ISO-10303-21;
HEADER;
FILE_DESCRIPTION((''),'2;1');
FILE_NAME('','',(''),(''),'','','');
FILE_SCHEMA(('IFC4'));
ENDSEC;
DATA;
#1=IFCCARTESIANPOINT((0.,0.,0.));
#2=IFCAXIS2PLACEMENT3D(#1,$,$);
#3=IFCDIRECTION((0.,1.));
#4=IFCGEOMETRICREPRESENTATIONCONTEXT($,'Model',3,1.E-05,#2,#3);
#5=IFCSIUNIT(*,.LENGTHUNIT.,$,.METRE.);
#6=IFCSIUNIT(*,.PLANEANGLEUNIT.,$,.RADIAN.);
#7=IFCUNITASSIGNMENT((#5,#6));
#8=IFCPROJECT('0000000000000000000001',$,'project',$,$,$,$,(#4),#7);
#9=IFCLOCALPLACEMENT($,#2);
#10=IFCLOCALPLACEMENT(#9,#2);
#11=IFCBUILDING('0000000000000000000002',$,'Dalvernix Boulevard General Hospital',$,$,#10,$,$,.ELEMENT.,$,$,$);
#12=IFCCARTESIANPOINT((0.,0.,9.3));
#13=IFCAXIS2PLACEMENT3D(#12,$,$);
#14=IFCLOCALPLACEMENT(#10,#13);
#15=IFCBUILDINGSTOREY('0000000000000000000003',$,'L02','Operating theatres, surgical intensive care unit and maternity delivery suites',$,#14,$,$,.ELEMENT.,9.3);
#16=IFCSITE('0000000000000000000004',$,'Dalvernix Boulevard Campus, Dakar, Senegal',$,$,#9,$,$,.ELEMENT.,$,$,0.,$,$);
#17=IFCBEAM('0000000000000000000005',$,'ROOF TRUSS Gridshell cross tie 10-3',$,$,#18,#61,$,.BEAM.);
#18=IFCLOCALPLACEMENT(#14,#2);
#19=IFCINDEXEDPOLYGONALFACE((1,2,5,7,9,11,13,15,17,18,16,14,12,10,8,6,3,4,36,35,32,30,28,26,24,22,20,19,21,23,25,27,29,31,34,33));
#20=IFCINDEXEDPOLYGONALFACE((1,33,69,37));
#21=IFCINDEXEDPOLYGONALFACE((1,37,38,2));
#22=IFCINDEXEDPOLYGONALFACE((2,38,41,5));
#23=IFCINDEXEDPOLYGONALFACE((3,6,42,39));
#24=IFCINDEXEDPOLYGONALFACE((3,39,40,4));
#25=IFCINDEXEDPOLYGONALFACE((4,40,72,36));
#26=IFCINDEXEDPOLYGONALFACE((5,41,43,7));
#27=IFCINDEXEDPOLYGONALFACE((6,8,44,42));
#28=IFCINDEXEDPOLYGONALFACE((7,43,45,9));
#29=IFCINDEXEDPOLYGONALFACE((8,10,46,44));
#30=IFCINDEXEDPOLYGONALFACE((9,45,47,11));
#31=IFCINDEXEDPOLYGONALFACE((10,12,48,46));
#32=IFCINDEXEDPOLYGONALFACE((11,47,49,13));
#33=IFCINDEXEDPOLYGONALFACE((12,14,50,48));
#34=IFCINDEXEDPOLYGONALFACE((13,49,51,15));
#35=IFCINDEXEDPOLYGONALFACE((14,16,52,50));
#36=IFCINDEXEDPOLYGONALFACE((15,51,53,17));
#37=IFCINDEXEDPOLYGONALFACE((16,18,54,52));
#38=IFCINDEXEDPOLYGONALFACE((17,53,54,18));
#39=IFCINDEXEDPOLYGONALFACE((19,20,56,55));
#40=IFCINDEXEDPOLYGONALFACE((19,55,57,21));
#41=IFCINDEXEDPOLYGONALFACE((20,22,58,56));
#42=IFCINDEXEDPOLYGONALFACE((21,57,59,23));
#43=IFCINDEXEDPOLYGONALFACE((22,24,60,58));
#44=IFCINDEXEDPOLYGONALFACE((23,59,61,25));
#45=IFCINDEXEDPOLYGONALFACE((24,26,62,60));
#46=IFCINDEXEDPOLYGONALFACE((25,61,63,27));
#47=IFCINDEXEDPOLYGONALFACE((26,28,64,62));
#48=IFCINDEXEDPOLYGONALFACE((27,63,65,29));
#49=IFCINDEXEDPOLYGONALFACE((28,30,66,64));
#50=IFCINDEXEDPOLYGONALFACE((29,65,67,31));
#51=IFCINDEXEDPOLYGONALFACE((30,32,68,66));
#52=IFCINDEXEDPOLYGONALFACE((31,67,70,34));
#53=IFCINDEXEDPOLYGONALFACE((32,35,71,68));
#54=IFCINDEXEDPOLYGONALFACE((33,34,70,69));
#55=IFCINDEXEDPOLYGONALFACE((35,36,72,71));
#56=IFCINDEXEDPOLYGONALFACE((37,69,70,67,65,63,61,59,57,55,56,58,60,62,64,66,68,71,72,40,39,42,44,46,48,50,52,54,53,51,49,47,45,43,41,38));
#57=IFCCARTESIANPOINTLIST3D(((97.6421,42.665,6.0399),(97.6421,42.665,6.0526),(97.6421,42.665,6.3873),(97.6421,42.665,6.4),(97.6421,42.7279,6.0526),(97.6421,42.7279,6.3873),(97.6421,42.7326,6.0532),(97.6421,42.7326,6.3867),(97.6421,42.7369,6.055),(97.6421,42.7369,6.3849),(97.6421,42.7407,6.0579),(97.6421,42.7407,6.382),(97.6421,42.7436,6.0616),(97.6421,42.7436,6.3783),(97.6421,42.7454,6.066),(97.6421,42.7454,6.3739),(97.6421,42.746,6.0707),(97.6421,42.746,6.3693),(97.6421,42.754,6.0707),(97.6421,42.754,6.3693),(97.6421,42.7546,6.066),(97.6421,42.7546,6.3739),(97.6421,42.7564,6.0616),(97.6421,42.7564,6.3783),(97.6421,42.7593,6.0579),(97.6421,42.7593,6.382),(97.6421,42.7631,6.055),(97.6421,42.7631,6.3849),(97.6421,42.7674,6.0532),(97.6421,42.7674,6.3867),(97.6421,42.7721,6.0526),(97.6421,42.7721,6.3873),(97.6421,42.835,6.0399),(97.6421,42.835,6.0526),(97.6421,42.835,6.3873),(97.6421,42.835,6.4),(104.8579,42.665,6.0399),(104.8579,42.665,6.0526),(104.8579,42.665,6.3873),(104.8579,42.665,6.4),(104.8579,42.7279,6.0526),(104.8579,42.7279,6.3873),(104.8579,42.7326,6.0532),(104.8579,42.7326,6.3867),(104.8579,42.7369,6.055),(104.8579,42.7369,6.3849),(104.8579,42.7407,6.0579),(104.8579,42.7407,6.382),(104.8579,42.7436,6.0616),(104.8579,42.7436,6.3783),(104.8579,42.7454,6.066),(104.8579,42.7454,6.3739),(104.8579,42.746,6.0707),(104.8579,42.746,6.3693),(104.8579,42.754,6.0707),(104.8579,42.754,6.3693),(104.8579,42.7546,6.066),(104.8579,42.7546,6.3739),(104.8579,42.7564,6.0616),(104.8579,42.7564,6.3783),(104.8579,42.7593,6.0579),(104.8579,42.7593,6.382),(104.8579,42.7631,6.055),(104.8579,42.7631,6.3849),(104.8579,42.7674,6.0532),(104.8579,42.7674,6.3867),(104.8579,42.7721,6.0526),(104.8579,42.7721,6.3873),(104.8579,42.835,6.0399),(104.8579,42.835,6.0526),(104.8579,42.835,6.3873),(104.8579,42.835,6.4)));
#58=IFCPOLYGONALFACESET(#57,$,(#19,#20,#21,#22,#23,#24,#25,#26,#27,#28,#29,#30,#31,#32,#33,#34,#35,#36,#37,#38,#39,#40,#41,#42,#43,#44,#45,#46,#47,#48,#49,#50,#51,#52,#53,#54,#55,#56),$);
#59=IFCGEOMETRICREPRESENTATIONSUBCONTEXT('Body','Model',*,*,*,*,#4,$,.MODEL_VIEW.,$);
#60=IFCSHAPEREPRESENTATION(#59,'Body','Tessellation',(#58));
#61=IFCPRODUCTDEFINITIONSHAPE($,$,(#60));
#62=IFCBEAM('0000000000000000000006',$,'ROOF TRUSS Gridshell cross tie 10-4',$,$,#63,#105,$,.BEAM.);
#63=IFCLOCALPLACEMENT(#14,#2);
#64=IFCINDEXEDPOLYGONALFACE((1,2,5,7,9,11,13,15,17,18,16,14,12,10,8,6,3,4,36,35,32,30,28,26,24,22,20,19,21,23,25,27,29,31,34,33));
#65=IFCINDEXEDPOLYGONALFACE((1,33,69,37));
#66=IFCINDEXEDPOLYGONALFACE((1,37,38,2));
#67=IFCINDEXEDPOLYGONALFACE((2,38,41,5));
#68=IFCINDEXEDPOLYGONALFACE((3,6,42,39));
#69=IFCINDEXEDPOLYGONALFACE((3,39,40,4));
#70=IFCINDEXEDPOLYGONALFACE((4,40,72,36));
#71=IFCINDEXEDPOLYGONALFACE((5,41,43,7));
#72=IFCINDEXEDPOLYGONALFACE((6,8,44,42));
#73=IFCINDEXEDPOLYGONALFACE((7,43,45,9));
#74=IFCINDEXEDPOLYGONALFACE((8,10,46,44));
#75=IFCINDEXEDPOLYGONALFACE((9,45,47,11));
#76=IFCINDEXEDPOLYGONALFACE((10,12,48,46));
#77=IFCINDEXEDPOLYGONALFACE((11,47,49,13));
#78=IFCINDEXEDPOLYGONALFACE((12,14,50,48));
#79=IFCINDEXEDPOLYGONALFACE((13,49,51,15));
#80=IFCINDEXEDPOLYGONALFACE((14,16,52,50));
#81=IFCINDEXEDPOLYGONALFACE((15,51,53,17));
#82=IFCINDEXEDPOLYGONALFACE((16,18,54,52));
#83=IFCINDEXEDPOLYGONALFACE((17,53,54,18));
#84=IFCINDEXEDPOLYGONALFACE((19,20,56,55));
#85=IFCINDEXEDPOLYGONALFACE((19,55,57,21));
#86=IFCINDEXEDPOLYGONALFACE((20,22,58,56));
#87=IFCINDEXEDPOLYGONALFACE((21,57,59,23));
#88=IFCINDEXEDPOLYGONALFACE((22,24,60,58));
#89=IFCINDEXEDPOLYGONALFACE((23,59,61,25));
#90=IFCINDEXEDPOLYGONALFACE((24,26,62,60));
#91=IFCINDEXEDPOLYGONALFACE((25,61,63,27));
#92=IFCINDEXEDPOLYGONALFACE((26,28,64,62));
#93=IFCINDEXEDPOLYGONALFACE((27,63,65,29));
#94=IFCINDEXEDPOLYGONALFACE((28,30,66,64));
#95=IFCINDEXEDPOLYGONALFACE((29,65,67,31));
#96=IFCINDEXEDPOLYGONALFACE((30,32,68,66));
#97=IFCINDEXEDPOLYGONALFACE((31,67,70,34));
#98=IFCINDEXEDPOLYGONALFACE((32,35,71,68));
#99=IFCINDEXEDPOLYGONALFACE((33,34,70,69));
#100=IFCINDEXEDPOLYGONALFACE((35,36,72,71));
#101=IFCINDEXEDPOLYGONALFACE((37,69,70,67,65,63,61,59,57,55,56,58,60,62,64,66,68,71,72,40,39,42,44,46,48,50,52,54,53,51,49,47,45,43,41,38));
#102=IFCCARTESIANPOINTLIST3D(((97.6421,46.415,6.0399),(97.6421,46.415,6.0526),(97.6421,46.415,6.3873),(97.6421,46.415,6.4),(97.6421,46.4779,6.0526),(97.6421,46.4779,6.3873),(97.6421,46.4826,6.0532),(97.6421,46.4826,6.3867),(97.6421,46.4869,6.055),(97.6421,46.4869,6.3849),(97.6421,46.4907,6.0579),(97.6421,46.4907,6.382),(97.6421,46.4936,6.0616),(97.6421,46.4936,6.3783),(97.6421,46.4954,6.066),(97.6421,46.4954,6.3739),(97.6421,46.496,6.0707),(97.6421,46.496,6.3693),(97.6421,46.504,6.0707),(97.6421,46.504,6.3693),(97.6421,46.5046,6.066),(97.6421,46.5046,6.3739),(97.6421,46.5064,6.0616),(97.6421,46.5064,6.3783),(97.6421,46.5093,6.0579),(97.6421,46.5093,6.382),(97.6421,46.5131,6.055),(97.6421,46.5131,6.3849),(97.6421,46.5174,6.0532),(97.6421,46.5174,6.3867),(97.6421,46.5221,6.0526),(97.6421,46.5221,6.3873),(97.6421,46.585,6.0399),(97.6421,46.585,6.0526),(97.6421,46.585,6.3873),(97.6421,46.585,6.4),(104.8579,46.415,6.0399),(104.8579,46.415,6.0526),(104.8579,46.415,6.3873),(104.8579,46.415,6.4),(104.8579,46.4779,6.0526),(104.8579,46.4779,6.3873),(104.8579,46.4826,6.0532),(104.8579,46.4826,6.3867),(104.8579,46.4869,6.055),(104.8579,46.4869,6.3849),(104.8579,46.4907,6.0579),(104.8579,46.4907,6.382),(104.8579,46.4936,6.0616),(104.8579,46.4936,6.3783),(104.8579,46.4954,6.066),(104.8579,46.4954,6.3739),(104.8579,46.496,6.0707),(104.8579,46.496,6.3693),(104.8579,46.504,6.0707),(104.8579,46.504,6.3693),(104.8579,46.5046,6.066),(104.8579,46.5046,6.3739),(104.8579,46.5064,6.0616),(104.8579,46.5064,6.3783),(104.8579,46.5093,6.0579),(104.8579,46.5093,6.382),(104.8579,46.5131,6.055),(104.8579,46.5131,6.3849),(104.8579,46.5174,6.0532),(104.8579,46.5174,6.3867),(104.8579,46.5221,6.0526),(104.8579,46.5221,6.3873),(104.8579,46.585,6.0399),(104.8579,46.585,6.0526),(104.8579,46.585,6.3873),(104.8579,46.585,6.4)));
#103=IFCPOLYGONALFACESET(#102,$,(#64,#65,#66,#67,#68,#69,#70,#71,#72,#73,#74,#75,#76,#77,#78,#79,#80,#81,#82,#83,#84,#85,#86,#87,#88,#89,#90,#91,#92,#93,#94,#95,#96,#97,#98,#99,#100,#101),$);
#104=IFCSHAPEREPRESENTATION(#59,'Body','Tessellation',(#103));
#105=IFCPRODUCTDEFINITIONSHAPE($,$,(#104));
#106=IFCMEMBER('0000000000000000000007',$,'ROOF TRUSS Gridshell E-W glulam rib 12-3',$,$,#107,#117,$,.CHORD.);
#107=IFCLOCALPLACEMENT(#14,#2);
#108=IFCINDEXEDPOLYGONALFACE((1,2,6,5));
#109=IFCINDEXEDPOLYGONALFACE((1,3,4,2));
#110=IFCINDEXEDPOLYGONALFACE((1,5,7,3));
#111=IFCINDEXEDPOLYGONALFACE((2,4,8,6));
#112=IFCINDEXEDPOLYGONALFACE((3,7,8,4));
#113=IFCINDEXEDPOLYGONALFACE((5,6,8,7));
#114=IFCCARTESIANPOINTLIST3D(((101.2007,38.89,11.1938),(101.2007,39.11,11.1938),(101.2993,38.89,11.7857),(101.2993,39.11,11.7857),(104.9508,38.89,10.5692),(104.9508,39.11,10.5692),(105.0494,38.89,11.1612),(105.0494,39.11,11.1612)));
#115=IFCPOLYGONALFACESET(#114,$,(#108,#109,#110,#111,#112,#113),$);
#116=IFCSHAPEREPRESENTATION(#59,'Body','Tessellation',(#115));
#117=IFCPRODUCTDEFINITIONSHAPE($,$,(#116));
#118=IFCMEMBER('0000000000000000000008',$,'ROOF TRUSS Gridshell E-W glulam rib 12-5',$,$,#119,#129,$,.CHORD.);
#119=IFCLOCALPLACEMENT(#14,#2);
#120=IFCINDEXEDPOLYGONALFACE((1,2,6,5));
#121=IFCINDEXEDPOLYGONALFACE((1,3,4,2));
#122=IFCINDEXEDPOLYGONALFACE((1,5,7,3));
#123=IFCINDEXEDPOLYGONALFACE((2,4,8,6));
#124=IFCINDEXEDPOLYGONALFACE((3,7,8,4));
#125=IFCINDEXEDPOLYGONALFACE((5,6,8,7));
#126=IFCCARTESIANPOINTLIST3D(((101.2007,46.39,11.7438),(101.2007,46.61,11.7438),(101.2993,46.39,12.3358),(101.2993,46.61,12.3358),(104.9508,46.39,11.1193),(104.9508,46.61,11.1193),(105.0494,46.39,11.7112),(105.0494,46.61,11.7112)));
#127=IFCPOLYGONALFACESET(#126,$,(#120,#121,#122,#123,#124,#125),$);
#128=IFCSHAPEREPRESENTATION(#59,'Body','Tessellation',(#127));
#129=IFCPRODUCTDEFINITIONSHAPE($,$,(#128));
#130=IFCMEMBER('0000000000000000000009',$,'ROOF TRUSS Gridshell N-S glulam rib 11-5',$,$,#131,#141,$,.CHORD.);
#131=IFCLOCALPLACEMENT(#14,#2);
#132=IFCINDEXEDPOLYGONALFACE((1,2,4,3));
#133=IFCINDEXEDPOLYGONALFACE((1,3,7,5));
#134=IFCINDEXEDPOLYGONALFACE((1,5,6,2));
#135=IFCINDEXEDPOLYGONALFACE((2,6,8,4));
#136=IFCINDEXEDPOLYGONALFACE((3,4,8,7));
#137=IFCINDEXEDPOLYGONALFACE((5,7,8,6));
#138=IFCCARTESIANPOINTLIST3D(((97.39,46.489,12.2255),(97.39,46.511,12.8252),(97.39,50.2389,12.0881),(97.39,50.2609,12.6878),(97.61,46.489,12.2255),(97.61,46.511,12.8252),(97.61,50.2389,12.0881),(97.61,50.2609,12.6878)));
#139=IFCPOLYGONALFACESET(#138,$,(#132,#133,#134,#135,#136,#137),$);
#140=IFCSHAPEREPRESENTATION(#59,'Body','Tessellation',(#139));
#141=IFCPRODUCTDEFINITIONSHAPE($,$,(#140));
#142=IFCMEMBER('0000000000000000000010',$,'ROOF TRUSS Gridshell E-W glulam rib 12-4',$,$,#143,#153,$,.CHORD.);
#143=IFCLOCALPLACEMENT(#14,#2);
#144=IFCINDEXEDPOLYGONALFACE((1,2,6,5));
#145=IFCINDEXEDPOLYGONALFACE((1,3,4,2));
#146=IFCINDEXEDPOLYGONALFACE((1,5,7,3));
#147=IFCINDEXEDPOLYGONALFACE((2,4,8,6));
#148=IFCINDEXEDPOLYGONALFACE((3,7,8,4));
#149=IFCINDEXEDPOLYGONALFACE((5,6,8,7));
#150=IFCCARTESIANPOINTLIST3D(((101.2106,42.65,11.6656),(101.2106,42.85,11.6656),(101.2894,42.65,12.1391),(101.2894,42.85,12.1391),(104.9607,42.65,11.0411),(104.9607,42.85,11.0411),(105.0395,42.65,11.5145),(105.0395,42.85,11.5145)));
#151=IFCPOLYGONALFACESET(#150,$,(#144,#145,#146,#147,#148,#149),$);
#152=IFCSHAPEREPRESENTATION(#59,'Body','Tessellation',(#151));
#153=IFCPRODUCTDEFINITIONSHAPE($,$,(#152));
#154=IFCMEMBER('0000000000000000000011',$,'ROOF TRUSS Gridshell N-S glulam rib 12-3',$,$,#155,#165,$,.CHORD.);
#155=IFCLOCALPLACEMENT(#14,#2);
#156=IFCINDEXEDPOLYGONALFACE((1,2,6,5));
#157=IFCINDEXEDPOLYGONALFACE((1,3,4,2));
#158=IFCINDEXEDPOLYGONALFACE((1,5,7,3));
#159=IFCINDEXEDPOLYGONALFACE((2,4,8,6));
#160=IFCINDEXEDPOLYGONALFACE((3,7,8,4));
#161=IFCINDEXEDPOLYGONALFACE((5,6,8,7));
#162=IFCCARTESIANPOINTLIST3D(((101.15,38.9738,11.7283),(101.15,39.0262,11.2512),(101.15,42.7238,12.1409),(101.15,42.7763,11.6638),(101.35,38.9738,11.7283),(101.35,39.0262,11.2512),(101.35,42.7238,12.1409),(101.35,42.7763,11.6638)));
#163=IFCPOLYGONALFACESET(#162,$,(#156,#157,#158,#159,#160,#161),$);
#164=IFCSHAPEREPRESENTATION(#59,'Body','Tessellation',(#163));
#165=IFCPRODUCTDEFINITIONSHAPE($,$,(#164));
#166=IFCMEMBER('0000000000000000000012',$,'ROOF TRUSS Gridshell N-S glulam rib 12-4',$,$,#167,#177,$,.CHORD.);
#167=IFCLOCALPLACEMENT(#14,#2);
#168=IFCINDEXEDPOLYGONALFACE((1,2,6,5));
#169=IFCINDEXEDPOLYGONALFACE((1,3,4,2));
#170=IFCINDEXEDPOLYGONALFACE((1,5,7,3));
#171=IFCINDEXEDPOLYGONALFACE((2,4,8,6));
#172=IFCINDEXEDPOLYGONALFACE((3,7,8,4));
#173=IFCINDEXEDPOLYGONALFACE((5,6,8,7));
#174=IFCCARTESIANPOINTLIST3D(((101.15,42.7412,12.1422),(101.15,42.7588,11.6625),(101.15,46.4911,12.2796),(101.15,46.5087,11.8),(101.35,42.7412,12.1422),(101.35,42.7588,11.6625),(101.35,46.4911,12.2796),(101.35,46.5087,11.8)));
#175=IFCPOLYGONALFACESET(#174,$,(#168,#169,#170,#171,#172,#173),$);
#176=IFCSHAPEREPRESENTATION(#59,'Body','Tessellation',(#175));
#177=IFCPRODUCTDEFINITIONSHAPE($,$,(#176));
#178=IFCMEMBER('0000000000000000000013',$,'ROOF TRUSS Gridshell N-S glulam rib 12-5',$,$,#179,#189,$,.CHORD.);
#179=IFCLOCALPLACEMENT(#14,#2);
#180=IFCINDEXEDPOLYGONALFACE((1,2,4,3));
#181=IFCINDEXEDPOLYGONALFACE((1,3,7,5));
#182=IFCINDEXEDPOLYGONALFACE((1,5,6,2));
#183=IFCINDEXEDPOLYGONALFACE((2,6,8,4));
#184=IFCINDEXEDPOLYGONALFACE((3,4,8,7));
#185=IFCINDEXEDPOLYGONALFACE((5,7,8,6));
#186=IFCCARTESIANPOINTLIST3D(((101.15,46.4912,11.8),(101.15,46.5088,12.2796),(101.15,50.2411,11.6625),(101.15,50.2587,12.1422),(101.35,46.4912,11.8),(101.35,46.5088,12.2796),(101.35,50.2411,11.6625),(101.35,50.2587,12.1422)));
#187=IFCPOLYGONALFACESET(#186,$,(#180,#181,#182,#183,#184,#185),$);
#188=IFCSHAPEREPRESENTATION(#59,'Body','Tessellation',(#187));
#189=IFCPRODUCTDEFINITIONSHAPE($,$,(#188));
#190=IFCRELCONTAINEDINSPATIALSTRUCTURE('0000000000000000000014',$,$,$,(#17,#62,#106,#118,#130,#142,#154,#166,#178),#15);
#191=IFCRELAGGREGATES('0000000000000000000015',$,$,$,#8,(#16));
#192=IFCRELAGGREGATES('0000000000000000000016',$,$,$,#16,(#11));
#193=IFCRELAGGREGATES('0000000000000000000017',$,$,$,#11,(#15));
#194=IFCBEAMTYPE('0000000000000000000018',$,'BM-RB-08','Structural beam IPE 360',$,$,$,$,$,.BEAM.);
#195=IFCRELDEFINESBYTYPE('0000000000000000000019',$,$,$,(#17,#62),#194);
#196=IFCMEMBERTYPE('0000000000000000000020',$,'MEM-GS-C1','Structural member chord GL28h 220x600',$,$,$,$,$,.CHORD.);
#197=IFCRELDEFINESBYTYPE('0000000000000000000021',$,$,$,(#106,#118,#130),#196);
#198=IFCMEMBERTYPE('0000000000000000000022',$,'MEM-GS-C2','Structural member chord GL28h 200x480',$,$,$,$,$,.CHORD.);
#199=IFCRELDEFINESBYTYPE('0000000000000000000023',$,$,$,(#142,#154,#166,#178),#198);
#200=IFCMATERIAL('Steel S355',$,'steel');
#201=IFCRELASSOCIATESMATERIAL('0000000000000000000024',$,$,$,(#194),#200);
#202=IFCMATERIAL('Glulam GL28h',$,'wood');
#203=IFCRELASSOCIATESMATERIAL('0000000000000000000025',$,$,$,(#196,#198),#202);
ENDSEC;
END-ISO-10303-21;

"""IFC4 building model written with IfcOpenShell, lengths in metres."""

from ifc_helpers import new_model, si_unit, direction, frame, origin, origin_2d, place, context, subcontext, project, spatial, rectangle, i_section, extrude, material, material_profile, profile_set, type_object, element, save


model = new_model("IFC4")

# Units and contexts
model_context = context("Model", 3, precision=1e-05, world=origin(), true_north=direction((0.0, 1.0)))
body_context = subcontext(model_context, "Body", "Model", "MODEL_VIEW")
ifc_project = project(units=[si_unit("LENGTHUNIT", "METRE"), si_unit("PLANEANGLEUNIT", "RADIAN")], contexts=[model_context])

# Site, building, storey
site_placement = place(None, origin())
site = spatial("IfcSite", under=ifc_project, at=site_placement, Name="Dalvernix Boulevard Campus, Dakar, Senegal", CompositionType="ELEMENT", RefElevation=0.0)
building_placement = place(site_placement, origin())
building = spatial("IfcBuilding", under=site, at=building_placement, Name="Dalvernix Boulevard General Hospital", CompositionType="ELEMENT")
storey_placement = place(building_placement, frame((0.0, 0.0, 9.3)))
storey = spatial("IfcBuildingStorey", under=building, at=storey_placement, Name="L02", Description="Operating theatres, surgical intensive care unit and maternity delivery suites", CompositionType="ELEMENT", Elevation=9.3)

# Beams
ifc_material_1 = material(Name="Steel S355", Category="steel")
ifc_material_profile_1 = material_profile(ifc_material_1, i_section(OverallWidth=0.1699, OverallDepth=0.3601, WebThickness=0.0081, FlangeThickness=0.0127, FilletRadius=0.0181, at=origin_2d()), Name="IPE 360")
ifc_profile_set_1 = profile_set([ifc_material_profile_1], Name="Steel S355")
beam_type = type_object("IfcBeamType", Name="BM-RB-08", Description="Structural beam IPE 360", PredefinedType="BEAM", material=ifc_profile_set_1)
for number, where, z_axis, x_axis, name in (
    (1, (97.6421, 42.75, 6.22), (1.0, 0.0, 0.0), (0.0, 1.0, 0.0), "ROOF TRUSS Gridshell cross tie 10-3"),
    (2, (97.6421, 46.5, 6.22), (1.0, 0.0, 0.0), (0.0, 1.0, 0.0), "ROOF TRUSS Gridshell cross tie 10-4"),
):
    element("IfcBeam", number, at=place(storey_placement, frame(where, z_axis=z_axis, x_axis=x_axis)), inside=storey, type_object=beam_type, Name=name, PredefinedType="BEAM", context=body_context, shape_type="SweptSolid", body=[
        extrude(i_section(OverallWidth=0.1699, OverallDepth=0.3601, WebThickness=0.0081, FlangeThickness=0.0127, FilletRadius=0.0181, at=origin_2d()), origin(), (0.0, 0.0, 1.0), 7.2158),
    ])

# Members
ifc_material_2 = material(Name="Glulam GL28h", Category="wood")
ifc_material_profile_2 = material_profile(ifc_material_2, rectangle(XDim=0.22, YDim=0.6001, at=origin_2d()), Name="GL28h 220x600")
ifc_profile_set_2 = profile_set([ifc_material_profile_2], Name="Glulam GL28h")
member_type_1 = type_object("IfcMemberType", Name="MEM-GS-C1", Description="Structural member chord GL28h 220x600", PredefinedType="CHORD", material=ifc_profile_set_2)
for number, where, z_axis, x_axis, name in (
    (3, (101.25, 39.0, 11.4897), (0.986415, 0.0, -0.164274), (0.0, 1.0, 0.0), "ROOF TRUSS Gridshell E-W glulam rib 12-3"),
    (4, (101.25, 46.5, 12.0398), (0.986415, 0.0, -0.164274), (0.0, 1.0, 0.0), "ROOF TRUSS Gridshell E-W glulam rib 12-5"),
):
    element("IfcMember", number, at=place(storey_placement, frame(where, z_axis=z_axis, x_axis=x_axis)), inside=storey, type_object=member_type_1, Name=name, PredefinedType="CHORD", context=body_context, shape_type="SweptSolid", body=[
        extrude(rectangle(XDim=0.22, YDim=0.6001, at=origin_2d()), origin(), (0.0, 0.0, 1.0), 3.8018),
    ])
member_1_placement = place(storey_placement, frame((97.5, 46.5, 12.5254), z_axis=(0.0, 0.999329, -0.036629), x_axis=(-1.0, 0.0, 0.0)))
element("IfcMember", 5, at=member_1_placement, inside=storey, type_object=member_type_1, Name="ROOF TRUSS Gridshell N-S glulam rib 11-5", PredefinedType="CHORD", context=body_context, shape_type="SweptSolid", body=[
    extrude(rectangle(XDim=0.22, YDim=0.6001, at=origin_2d()), origin(), (0.0, 0.0, 1.0), 3.7524),
])
ifc_material_profile_3 = material_profile(ifc_material_2, rectangle(XDim=0.2, YDim=0.48, at=origin_2d()), Name="GL28h 200x480")
ifc_profile_set_3 = profile_set([ifc_material_profile_3], Name="Glulam GL28h")
member_type_2 = type_object("IfcMemberType", Name="MEM-GS-C2", Description="Structural member chord GL28h 200x480", PredefinedType="CHORD", material=ifc_profile_set_3)
member_2_placement = place(storey_placement, frame((101.25, 42.75, 11.9023), z_axis=(0.986415, 0.0, -0.164274), x_axis=(0.0, 1.0, 0.0)))
element("IfcMember", 6, at=member_2_placement, inside=storey, type_object=member_type_2, Name="ROOF TRUSS Gridshell E-W glulam rib 12-4", PredefinedType="CHORD", context=body_context, shape_type="SweptSolid", body=[
    extrude(rectangle(XDim=0.2, YDim=0.48, at=origin_2d()), origin(), (0.0, 0.0, 1.0), 3.8018),
])
member_3_placement = place(storey_placement, frame((101.25, 39.0, 11.4897), z_axis=(0.0, 0.994002, 0.109366), x_axis=(-1.0, 0.0, 0.0)))
element("IfcMember", 7, at=member_3_placement, inside=storey, type_object=member_type_2, Name="ROOF TRUSS Gridshell N-S glulam rib 12-3", PredefinedType="CHORD", context=body_context, shape_type="SweptSolid", body=[
    extrude(rectangle(XDim=0.2, YDim=0.48, at=origin_2d()), origin(), (0.0, 0.0, 1.0), 3.7727),
])
for number, where, z_axis, x_axis, name in (
    (8, (101.25, 42.75, 11.9023), (0.0, 0.999329, 0.036629), (-1.0, 0.0, 0.0), "ROOF TRUSS Gridshell N-S glulam rib 12-4"),
    (9, (101.25, 46.5, 12.0398), (0.0, 0.999329, -0.036629), (-1.0, 0.0, 0.0), "ROOF TRUSS Gridshell N-S glulam rib 12-5"),
):
    element("IfcMember", number, at=place(storey_placement, frame(where, z_axis=z_axis, x_axis=x_axis)), inside=storey, type_object=member_type_2, Name=name, PredefinedType="CHORD", context=body_context, shape_type="SweptSolid", body=[
        extrude(rectangle(XDim=0.2, YDim=0.48, at=origin_2d()), origin(), (0.0, 0.0, 1.0), 3.7524),
    ])

save(model, "model.ifc")
